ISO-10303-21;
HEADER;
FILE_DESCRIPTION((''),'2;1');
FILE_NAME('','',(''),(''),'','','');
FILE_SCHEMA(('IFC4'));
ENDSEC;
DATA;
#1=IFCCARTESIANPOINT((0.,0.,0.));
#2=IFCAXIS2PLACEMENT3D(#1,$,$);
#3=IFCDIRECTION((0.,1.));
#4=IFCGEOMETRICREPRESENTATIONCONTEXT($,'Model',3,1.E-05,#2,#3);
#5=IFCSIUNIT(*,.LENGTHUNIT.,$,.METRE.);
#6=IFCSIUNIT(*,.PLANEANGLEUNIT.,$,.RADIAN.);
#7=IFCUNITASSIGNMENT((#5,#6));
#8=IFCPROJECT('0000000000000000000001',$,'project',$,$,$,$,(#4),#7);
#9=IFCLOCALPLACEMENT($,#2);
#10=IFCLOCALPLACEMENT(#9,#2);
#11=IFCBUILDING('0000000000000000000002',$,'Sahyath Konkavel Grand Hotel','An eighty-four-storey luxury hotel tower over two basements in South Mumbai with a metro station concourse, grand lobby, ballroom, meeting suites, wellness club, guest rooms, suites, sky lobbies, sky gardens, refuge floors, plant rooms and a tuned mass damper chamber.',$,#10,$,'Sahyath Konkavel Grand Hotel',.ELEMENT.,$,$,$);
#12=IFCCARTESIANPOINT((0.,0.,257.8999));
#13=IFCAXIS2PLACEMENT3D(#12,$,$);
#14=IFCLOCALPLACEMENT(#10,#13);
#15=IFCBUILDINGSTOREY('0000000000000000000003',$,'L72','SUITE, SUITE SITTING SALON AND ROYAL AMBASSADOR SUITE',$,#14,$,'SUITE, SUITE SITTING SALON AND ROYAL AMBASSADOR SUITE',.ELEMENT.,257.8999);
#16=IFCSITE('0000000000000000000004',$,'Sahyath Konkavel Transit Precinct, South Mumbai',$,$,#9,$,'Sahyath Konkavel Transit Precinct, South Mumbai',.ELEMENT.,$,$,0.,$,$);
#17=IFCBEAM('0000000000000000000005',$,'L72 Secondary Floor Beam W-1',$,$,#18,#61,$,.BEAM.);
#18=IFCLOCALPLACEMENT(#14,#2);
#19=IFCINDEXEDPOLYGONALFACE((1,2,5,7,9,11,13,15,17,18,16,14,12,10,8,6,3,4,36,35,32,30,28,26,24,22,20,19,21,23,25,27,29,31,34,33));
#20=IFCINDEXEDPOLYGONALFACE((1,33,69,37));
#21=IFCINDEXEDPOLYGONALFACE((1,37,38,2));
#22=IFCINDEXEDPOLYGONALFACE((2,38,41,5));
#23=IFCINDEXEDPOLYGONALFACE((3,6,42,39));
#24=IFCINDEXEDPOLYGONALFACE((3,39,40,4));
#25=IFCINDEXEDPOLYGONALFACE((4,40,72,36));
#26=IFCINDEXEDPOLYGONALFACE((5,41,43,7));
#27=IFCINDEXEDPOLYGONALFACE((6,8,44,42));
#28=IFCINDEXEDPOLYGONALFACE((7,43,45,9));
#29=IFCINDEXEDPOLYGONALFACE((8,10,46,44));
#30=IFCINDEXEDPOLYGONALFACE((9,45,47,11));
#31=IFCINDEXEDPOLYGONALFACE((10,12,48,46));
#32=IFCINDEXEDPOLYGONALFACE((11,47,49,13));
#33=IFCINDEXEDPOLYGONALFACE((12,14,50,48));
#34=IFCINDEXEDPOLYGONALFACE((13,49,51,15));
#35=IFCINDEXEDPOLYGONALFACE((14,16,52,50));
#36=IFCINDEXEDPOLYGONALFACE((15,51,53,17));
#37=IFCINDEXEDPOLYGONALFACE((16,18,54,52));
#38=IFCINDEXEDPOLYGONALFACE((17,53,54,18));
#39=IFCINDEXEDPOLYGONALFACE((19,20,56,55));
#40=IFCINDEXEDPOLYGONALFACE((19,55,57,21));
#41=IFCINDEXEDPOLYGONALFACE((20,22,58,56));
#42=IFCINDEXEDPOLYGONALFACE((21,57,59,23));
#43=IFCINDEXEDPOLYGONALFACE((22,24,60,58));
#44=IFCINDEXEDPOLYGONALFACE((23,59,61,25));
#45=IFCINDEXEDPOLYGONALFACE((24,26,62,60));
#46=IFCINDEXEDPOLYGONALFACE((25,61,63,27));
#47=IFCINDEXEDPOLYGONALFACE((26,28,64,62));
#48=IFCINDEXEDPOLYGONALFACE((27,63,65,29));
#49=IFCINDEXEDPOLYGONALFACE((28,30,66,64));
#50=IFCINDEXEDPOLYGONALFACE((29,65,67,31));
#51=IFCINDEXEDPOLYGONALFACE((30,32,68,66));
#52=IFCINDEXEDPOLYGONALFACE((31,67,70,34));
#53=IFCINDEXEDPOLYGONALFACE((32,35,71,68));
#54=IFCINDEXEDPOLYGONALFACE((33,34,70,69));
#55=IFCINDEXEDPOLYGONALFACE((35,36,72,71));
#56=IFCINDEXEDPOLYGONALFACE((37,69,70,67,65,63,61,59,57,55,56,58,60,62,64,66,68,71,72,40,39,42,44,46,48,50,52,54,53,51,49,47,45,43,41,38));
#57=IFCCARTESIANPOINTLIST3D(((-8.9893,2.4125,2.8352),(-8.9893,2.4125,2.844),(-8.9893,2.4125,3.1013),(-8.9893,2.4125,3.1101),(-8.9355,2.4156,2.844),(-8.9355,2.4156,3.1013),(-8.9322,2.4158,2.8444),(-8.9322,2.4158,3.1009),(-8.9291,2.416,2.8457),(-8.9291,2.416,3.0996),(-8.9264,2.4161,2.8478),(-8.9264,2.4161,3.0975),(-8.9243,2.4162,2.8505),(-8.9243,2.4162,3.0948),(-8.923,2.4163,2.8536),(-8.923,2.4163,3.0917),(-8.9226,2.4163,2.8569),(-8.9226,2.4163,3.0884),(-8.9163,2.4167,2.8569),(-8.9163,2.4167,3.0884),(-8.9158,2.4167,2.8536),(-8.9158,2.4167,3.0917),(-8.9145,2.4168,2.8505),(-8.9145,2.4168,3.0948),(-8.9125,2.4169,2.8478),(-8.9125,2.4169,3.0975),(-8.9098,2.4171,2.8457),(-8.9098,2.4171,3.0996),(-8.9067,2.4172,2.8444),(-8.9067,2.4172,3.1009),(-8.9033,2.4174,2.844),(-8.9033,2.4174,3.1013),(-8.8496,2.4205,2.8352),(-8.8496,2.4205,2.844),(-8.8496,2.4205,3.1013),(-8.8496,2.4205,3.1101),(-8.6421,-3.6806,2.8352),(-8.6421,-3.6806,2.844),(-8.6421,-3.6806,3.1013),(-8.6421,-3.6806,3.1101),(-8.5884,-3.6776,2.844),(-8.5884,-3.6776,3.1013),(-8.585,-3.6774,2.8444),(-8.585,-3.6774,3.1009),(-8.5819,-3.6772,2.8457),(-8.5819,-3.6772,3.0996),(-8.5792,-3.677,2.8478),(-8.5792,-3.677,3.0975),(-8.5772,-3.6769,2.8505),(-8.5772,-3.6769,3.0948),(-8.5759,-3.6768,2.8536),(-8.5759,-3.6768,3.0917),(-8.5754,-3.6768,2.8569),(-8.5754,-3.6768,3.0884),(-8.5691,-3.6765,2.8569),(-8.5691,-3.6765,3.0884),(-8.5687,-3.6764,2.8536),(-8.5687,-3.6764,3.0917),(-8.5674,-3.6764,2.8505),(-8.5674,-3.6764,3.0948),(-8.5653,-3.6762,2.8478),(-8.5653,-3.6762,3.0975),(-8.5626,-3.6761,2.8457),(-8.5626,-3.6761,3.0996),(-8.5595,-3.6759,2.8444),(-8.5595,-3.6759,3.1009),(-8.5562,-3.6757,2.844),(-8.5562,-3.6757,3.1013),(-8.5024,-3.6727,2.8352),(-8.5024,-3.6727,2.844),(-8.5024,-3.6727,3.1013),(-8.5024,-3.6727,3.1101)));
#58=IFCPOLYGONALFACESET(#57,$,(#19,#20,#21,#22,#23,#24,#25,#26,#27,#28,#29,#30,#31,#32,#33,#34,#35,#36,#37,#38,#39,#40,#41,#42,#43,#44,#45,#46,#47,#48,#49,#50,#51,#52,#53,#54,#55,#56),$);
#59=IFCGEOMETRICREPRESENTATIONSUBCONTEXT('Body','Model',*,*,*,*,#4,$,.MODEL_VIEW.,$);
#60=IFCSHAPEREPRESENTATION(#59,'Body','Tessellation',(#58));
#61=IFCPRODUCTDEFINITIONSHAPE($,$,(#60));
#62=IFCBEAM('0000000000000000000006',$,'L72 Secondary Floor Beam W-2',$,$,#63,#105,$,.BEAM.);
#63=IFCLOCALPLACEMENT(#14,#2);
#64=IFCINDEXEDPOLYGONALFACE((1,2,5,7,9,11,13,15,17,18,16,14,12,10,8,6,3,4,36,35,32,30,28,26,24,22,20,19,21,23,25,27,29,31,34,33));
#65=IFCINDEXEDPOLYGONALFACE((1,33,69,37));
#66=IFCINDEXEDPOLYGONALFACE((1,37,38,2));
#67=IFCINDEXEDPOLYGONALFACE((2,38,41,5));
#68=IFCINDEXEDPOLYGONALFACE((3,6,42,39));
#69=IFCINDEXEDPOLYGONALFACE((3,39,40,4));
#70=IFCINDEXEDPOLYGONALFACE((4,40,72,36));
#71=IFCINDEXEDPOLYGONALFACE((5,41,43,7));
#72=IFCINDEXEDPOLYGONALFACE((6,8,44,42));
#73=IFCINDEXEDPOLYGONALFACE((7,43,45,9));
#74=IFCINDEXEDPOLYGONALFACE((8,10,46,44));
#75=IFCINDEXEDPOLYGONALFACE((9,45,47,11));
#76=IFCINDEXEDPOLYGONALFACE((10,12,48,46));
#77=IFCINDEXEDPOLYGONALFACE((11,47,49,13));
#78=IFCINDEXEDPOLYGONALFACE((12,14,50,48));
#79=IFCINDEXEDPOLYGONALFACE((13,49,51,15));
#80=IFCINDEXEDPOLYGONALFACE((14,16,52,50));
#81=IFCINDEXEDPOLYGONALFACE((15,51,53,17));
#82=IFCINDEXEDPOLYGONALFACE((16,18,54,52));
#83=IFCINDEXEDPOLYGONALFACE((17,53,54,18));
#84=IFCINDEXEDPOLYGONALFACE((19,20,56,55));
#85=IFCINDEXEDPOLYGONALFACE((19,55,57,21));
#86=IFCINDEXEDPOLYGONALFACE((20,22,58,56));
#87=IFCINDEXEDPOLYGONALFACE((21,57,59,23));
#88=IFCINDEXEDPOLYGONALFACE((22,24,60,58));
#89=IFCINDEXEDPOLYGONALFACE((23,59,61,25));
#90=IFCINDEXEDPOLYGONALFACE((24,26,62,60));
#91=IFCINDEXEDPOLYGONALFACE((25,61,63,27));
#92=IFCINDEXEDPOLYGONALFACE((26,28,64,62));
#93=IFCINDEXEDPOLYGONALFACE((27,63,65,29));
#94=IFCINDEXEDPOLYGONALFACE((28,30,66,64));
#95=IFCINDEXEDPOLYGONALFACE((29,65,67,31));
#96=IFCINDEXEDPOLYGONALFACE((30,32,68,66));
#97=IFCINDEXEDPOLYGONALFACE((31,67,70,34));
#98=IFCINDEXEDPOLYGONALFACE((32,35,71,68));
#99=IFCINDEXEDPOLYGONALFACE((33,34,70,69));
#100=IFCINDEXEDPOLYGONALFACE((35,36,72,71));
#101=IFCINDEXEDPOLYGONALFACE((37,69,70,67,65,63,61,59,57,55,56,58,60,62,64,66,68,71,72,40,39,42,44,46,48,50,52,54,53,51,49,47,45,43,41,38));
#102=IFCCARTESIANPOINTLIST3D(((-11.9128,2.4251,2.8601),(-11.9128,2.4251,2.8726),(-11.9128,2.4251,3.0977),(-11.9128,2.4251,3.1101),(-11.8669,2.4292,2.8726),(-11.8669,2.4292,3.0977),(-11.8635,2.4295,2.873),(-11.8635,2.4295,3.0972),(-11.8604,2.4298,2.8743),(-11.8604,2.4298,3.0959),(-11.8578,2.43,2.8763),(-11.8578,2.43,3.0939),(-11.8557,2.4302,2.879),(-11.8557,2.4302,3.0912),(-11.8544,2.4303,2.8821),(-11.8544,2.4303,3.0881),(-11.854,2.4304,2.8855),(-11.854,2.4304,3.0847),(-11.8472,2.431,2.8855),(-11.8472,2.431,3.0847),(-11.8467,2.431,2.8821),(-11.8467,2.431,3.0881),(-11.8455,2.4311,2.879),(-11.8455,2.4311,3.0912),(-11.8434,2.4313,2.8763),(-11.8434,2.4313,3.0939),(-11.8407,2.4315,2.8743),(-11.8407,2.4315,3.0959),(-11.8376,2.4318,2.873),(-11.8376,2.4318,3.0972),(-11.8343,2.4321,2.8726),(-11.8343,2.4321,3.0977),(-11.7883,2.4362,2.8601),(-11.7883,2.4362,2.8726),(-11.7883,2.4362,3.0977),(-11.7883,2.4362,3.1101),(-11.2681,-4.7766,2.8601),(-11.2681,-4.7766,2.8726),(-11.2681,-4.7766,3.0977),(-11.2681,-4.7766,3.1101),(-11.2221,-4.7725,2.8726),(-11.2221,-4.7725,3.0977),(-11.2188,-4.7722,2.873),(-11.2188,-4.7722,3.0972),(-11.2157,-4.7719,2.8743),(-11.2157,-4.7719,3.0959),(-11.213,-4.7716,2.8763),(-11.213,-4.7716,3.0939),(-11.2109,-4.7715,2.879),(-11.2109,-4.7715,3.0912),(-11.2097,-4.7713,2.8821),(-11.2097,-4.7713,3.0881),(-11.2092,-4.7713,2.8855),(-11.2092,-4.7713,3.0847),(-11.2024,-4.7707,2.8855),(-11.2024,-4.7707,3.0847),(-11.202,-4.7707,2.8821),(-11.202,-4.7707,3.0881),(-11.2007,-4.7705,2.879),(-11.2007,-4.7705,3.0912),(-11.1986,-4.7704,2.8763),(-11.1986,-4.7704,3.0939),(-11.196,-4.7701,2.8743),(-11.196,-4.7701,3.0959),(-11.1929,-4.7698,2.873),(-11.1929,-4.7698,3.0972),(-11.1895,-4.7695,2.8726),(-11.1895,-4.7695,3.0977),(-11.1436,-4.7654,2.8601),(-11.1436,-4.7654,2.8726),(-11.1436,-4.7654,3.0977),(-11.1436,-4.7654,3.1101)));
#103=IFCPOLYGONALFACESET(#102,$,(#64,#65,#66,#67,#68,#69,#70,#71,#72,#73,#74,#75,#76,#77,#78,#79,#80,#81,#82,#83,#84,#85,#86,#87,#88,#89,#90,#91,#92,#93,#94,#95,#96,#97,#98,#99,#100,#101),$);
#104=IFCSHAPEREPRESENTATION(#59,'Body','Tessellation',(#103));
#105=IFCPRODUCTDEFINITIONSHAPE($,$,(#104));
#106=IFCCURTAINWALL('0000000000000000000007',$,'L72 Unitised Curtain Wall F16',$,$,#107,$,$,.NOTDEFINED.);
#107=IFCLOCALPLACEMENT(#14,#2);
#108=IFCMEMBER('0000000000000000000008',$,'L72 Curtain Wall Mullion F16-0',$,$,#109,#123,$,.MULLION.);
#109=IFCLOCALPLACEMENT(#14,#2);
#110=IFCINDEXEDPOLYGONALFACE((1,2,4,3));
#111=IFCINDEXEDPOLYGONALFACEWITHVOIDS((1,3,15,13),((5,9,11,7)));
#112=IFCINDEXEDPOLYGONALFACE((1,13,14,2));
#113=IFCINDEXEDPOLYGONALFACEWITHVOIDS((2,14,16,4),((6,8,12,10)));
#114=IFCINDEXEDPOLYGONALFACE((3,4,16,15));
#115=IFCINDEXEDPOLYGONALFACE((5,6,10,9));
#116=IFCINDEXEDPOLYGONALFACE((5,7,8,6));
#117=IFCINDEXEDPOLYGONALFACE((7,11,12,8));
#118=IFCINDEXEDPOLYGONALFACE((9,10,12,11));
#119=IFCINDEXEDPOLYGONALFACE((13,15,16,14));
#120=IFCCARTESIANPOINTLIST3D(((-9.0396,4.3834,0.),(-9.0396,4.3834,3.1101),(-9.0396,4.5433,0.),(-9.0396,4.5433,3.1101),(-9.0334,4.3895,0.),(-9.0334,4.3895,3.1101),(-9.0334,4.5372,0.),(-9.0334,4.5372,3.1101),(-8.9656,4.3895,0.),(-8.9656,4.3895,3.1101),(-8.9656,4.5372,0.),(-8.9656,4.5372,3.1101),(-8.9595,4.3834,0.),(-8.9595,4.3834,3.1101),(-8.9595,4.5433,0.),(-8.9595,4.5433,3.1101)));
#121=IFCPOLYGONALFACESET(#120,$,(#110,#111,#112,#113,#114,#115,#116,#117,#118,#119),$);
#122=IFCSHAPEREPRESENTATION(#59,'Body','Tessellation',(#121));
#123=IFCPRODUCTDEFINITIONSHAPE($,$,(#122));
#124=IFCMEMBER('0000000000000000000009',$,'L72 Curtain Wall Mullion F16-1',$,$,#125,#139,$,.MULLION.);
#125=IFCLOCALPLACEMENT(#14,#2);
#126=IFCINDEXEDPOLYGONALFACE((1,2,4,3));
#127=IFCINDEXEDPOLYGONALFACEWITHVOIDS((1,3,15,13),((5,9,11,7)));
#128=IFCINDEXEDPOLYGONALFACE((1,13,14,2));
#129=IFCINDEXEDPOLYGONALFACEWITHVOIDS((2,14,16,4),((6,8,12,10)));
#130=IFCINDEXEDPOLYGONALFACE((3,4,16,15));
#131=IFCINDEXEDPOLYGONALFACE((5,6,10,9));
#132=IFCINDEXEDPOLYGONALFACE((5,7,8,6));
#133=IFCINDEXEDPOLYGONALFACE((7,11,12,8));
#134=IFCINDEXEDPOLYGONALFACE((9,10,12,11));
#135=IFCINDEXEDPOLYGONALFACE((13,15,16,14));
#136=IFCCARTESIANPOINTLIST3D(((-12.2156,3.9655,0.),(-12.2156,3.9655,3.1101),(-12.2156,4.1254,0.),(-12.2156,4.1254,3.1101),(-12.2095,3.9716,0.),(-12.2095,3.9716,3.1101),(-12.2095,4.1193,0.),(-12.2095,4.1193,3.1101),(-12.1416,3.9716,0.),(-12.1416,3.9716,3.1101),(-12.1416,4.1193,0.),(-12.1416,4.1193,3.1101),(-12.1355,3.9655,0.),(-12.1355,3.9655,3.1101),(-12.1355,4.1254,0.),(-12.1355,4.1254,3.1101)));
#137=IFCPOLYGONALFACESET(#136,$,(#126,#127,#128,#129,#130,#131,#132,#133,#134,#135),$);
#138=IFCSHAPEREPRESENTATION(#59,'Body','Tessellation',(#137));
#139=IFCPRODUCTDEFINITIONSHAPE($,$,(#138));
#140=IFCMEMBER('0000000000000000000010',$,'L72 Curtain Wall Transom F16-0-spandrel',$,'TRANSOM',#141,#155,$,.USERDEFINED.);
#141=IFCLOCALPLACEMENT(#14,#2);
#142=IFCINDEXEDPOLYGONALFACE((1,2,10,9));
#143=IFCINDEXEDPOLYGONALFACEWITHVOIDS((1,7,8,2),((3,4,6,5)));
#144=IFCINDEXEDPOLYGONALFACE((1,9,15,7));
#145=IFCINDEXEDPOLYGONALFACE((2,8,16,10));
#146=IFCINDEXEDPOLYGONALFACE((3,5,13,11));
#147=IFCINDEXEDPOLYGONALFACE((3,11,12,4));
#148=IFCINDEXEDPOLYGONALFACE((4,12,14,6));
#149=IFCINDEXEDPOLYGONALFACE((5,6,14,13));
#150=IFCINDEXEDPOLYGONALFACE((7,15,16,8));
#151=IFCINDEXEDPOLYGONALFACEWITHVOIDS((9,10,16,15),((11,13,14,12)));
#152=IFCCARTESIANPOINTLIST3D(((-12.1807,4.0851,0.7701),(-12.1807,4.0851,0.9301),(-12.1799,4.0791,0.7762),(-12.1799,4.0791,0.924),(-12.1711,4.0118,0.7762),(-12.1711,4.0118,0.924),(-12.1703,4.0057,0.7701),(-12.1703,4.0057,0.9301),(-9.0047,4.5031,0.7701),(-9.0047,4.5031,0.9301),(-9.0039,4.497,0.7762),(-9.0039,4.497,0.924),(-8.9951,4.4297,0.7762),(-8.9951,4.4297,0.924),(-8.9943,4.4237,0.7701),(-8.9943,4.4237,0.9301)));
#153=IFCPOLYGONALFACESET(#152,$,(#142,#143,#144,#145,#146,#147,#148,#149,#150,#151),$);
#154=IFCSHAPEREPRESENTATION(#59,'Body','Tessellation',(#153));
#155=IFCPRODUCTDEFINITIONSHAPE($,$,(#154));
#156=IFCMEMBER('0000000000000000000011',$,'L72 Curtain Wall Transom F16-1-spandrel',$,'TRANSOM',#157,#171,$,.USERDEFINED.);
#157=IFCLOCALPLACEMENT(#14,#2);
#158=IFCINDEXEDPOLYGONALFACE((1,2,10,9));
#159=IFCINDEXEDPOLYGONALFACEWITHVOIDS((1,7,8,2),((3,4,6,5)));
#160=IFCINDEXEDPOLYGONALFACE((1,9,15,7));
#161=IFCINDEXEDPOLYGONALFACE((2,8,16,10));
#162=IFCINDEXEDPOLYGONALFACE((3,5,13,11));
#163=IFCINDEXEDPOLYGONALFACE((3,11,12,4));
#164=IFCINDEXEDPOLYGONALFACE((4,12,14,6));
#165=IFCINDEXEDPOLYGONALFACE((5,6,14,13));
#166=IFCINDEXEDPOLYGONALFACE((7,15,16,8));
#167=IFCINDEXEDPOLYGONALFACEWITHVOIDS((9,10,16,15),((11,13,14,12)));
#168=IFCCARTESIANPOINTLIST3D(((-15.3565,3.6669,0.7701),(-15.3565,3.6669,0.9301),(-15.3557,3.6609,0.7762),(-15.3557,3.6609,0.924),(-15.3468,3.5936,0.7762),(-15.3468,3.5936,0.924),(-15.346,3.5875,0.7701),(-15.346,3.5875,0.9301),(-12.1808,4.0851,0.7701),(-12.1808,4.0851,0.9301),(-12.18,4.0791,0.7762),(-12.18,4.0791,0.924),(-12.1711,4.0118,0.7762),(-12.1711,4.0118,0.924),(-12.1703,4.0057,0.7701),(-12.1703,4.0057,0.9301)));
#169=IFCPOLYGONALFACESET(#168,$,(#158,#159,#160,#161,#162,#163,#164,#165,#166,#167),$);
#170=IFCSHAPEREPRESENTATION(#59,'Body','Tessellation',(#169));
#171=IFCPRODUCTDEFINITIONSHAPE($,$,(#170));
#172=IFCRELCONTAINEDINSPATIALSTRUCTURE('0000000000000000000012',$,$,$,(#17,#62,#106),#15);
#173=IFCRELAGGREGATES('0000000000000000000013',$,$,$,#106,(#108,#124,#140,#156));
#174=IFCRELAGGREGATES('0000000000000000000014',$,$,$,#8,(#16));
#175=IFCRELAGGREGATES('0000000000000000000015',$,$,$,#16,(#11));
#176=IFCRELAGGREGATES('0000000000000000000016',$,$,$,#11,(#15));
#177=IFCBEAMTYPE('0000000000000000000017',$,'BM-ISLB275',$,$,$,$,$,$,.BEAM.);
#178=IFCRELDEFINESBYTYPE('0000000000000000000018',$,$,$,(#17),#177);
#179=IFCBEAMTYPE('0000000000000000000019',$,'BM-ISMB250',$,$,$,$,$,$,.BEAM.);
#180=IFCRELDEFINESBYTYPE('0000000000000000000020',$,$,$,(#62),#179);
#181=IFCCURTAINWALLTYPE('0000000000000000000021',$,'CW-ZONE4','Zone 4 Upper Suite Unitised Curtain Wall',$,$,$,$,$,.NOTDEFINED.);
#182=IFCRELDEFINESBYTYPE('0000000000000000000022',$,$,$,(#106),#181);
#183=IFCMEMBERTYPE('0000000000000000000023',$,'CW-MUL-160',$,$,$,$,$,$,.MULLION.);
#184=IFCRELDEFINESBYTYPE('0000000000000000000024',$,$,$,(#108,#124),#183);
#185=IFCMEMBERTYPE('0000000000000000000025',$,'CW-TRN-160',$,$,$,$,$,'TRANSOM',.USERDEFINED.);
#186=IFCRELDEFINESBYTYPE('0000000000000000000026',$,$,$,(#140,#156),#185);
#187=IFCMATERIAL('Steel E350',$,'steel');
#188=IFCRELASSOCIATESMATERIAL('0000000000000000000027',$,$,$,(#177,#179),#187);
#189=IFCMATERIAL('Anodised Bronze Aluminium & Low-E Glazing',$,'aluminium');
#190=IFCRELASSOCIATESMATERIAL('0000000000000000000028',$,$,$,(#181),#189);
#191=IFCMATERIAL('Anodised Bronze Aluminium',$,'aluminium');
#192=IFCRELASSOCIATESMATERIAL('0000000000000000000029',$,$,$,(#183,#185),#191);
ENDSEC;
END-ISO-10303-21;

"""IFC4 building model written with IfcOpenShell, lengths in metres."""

from ifc_helpers import new_model, si_unit, direction, frame, origin, origin_2d, place, context, subcontext, project, spatial, hollow_rectangle, i_section, extrude, source, transform, mapped, material, material_profile, profile_set, type_object, element, aggregate, save


model = new_model("IFC4")

# Units and contexts
model_context = context("Model", 3, precision=1e-05, world=origin(), true_north=direction((0.0, 1.0)))
body_context = subcontext(model_context, "Body", "Model", "MODEL_VIEW")
ifc_project = project(units=[si_unit("LENGTHUNIT", "METRE"), si_unit("PLANEANGLEUNIT", "RADIAN")], contexts=[model_context])

# Site, building, storey
site_placement = place(None, origin())
site = spatial("IfcSite", under=ifc_project, at=site_placement, Name="Sahyath Konkavel Transit Precinct, South Mumbai", LongName="Sahyath Konkavel Transit Precinct, South Mumbai", CompositionType="ELEMENT", RefElevation=0.0)
building_placement = place(site_placement, origin())
building = spatial("IfcBuilding", under=site, at=building_placement, Name="Sahyath Konkavel Grand Hotel", Description="An eighty-four-storey luxury hotel tower over two basements in South Mumbai with a metro station concourse, grand lobby, ballroom, meeting suites, wellness club, guest rooms, suites, sky lobbies, sky gardens, refuge floors, plant rooms and a tuned mass damper chamber.", LongName="Sahyath Konkavel Grand Hotel", CompositionType="ELEMENT")
storey_placement = place(building_placement, frame((0.0, 0.0, 257.8999)))
storey = spatial("IfcBuildingStorey", under=building, at=storey_placement, Name="L72", Description="SUITE, SUITE SITTING SALON AND ROYAL AMBASSADOR SUITE", LongName="SUITE, SUITE SITTING SALON AND ROYAL AMBASSADOR SUITE", CompositionType="ELEMENT", Elevation=257.8999)

# Beams
ifc_material_1 = material(Name="Steel E350", Category="steel")
ifc_material_profile_1 = material_profile(ifc_material_1, i_section(OverallWidth=0.1399, OverallDepth=0.2749, WebThickness=0.0063, FlangeThickness=0.0088, FilletRadius=0.0129, at=origin_2d()), Name="ISLB 275")
ifc_profile_set_1 = profile_set([ifc_material_profile_1], Name="Steel E350")
beam_type_1 = type_object("IfcBeamType", Name="BM-ISLB275", PredefinedType="BEAM", material=ifc_profile_set_1)
shared_shape_1 = source(origin(), body_context, "Body", "SweptSolid", [
    extrude(i_section(OverallWidth=0.1399, OverallDepth=0.2749, WebThickness=0.0063, FlangeThickness=0.0088, FilletRadius=0.0129, at=origin_2d()), origin(), (0.0, 0.0, 1.0), 6.103),
])
beam_1_placement = place(storey_placement, frame((-8.9194, 2.4165, 2.9727), z_axis=(0.056883, -0.998381, 0.0), x_axis=(0.998381, 0.056883, 0.0)))
element("IfcBeam", 1, at=beam_1_placement, inside=storey, type_object=beam_type_1, Name="L72 Secondary Floor Beam W-1", PredefinedType="BEAM", context=body_context, shape_type="MappedRepresentation", body=[
    mapped(shared_shape_1, transform((0.0, 0.0, 0.0), scale=1.0)),
])
ifc_material_profile_2 = material_profile(ifc_material_1, i_section(OverallWidth=0.125, OverallDepth=0.25, WebThickness=0.0068, FlangeThickness=0.0125, FilletRadius=0.0129, at=origin_2d()), Name="ISMB 250")
ifc_profile_set_2 = profile_set([ifc_material_profile_2], Name="Steel E350")
beam_type_2 = type_object("IfcBeamType", Name="BM-ISMB250", PredefinedType="BEAM", material=ifc_profile_set_2)
shared_shape_2 = source(origin(), body_context, "Body", "SweptSolid", [
    extrude(i_section(OverallWidth=0.125, OverallDepth=0.25, WebThickness=0.0068, FlangeThickness=0.0125, FilletRadius=0.0129, at=origin_2d()), origin(), (0.0, 0.0, 1.0), 7.2305),
])
beam_2_placement = place(storey_placement, frame((-11.8506, 2.4307, 2.9851), z_axis=(0.089175, -0.996016, 0.0), x_axis=(0.996016, 0.089175, 0.0)))
element("IfcBeam", 2, at=beam_2_placement, inside=storey, type_object=beam_type_2, Name="L72 Secondary Floor Beam W-2", PredefinedType="BEAM", context=body_context, shape_type="MappedRepresentation", body=[
    mapped(shared_shape_2, transform((0.0, 0.0, 0.0), scale=1.0)),
])

# Curtain wall, members
ifc_material_2 = material(Name="Anodised Bronze Aluminium & Low-E Glazing", Category="aluminium")
curtain_wall_type = type_object("IfcCurtainWallType", Name="CW-ZONE4", Description="Zone 4 Upper Suite Unitised Curtain Wall", PredefinedType="NOTDEFINED", material=ifc_material_2)
curtain_wall_placement = place(storey_placement, origin())
curtain_wall = element("IfcCurtainWall", 3, at=curtain_wall_placement, inside=storey, type_object=curtain_wall_type, Name="L72 Unitised Curtain Wall F16", PredefinedType="NOTDEFINED")
ifc_material_3 = material(Name="Anodised Bronze Aluminium", Category="aluminium")
ifc_material_profile_3 = material_profile(ifc_material_3, hollow_rectangle(XDim=0.0801, YDim=0.1599, WallThickness=0.0061, at=origin_2d()), Name="RHS 160x80x6")
ifc_profile_set_3 = profile_set([ifc_material_profile_3], Name="Anodised Bronze Aluminium")
member_type_1 = type_object("IfcMemberType", Name="CW-MUL-160", PredefinedType="MULLION", material=ifc_profile_set_3)
shared_shape_3 = source(origin(), body_context, "Body", "SweptSolid", [
    extrude(hollow_rectangle(XDim=0.0801, YDim=0.1599, WallThickness=0.0061, at=origin_2d()), origin(), (0.0, 0.0, 1.0), 3.1101),
])
member_1_placement = place(storey_placement, frame((-8.9995, 4.4634, 0.0), z_axis=(0.0, 0.0, 1.0), x_axis=(1.0, 0.0, 0.0)))
member_1 = element("IfcMember", 4, at=member_1_placement, type_object=member_type_1, Name="L72 Curtain Wall Mullion F16-0", PredefinedType="MULLION", context=body_context, shape_type="MappedRepresentation", body=[
    mapped(shared_shape_3, transform((0.0, 0.0, 0.0), scale=1.0)),
])
member_2_placement = place(storey_placement, frame((-12.1755, 4.0454, 0.0), z_axis=(0.0, 0.0, 1.0), x_axis=(1.0, 0.0, 0.0)))
member_2 = element("IfcMember", 5, at=member_2_placement, type_object=member_type_1, Name="L72 Curtain Wall Mullion F16-1", PredefinedType="MULLION", context=body_context, shape_type="MappedRepresentation", body=[
    mapped(shared_shape_3, transform((0.0, 0.0, 0.0), scale=1.0)),
])
ifc_material_profile_4 = material_profile(ifc_material_3, hollow_rectangle(XDim=0.0801, YDim=0.1599, WallThickness=0.0061, at=origin_2d()), Name="RHS 160x80x6")
ifc_profile_set_4 = profile_set([ifc_material_profile_4], Name="Anodised Bronze Aluminium")
member_type_2 = type_object("IfcMemberType", Name="CW-TRN-160", ElementType="TRANSOM", PredefinedType="USERDEFINED", material=ifc_profile_set_4)
shared_shape_4 = source(origin(), body_context, "Body", "SweptSolid", [
    extrude(hollow_rectangle(XDim=0.0801, YDim=0.1599, WallThickness=0.0061, at=origin_2d()), origin(), (0.0, 0.0, 1.0), 3.2034),
])
member_3_placement = place(storey_placement, frame((-8.9995, 4.4634, 0.8501), z_axis=(-0.991451, -0.130476, 0.0), x_axis=(0.130476, -0.991451, 0.0)))
member_3 = element("IfcMember", 6, at=member_3_placement, type_object=member_type_2, Name="L72 Curtain Wall Transom F16-0-spandrel", ObjectType="TRANSOM", PredefinedType="USERDEFINED", context=body_context, shape_type="MappedRepresentation", body=[
    mapped(shared_shape_4, transform((0.0, 0.0, 0.0), scale=1.0)),
])
shared_shape_5 = source(origin(), body_context, "Body", "SweptSolid", [
    extrude(hollow_rectangle(XDim=0.0801, YDim=0.1599, WallThickness=0.0061, at=origin_2d()), origin(), (0.0, 0.0, 1.0), 3.2031),
])
member_4_placement = place(storey_placement, frame((-12.1755, 4.0454, 0.8501), z_axis=(-0.99144, -0.130561, 0.0), x_axis=(0.130561, -0.99144, 0.0)))
member_4 = element("IfcMember", 7, at=member_4_placement, type_object=member_type_2, Name="L72 Curtain Wall Transom F16-1-spandrel", ObjectType="TRANSOM", PredefinedType="USERDEFINED", context=body_context, shape_type="MappedRepresentation", body=[
    mapped(shared_shape_5, transform((0.0, 0.0, 0.0), scale=1.0)),
])
aggregate(curtain_wall, [member_1, member_2, member_3, member_4])

save(model, "model.ifc")
